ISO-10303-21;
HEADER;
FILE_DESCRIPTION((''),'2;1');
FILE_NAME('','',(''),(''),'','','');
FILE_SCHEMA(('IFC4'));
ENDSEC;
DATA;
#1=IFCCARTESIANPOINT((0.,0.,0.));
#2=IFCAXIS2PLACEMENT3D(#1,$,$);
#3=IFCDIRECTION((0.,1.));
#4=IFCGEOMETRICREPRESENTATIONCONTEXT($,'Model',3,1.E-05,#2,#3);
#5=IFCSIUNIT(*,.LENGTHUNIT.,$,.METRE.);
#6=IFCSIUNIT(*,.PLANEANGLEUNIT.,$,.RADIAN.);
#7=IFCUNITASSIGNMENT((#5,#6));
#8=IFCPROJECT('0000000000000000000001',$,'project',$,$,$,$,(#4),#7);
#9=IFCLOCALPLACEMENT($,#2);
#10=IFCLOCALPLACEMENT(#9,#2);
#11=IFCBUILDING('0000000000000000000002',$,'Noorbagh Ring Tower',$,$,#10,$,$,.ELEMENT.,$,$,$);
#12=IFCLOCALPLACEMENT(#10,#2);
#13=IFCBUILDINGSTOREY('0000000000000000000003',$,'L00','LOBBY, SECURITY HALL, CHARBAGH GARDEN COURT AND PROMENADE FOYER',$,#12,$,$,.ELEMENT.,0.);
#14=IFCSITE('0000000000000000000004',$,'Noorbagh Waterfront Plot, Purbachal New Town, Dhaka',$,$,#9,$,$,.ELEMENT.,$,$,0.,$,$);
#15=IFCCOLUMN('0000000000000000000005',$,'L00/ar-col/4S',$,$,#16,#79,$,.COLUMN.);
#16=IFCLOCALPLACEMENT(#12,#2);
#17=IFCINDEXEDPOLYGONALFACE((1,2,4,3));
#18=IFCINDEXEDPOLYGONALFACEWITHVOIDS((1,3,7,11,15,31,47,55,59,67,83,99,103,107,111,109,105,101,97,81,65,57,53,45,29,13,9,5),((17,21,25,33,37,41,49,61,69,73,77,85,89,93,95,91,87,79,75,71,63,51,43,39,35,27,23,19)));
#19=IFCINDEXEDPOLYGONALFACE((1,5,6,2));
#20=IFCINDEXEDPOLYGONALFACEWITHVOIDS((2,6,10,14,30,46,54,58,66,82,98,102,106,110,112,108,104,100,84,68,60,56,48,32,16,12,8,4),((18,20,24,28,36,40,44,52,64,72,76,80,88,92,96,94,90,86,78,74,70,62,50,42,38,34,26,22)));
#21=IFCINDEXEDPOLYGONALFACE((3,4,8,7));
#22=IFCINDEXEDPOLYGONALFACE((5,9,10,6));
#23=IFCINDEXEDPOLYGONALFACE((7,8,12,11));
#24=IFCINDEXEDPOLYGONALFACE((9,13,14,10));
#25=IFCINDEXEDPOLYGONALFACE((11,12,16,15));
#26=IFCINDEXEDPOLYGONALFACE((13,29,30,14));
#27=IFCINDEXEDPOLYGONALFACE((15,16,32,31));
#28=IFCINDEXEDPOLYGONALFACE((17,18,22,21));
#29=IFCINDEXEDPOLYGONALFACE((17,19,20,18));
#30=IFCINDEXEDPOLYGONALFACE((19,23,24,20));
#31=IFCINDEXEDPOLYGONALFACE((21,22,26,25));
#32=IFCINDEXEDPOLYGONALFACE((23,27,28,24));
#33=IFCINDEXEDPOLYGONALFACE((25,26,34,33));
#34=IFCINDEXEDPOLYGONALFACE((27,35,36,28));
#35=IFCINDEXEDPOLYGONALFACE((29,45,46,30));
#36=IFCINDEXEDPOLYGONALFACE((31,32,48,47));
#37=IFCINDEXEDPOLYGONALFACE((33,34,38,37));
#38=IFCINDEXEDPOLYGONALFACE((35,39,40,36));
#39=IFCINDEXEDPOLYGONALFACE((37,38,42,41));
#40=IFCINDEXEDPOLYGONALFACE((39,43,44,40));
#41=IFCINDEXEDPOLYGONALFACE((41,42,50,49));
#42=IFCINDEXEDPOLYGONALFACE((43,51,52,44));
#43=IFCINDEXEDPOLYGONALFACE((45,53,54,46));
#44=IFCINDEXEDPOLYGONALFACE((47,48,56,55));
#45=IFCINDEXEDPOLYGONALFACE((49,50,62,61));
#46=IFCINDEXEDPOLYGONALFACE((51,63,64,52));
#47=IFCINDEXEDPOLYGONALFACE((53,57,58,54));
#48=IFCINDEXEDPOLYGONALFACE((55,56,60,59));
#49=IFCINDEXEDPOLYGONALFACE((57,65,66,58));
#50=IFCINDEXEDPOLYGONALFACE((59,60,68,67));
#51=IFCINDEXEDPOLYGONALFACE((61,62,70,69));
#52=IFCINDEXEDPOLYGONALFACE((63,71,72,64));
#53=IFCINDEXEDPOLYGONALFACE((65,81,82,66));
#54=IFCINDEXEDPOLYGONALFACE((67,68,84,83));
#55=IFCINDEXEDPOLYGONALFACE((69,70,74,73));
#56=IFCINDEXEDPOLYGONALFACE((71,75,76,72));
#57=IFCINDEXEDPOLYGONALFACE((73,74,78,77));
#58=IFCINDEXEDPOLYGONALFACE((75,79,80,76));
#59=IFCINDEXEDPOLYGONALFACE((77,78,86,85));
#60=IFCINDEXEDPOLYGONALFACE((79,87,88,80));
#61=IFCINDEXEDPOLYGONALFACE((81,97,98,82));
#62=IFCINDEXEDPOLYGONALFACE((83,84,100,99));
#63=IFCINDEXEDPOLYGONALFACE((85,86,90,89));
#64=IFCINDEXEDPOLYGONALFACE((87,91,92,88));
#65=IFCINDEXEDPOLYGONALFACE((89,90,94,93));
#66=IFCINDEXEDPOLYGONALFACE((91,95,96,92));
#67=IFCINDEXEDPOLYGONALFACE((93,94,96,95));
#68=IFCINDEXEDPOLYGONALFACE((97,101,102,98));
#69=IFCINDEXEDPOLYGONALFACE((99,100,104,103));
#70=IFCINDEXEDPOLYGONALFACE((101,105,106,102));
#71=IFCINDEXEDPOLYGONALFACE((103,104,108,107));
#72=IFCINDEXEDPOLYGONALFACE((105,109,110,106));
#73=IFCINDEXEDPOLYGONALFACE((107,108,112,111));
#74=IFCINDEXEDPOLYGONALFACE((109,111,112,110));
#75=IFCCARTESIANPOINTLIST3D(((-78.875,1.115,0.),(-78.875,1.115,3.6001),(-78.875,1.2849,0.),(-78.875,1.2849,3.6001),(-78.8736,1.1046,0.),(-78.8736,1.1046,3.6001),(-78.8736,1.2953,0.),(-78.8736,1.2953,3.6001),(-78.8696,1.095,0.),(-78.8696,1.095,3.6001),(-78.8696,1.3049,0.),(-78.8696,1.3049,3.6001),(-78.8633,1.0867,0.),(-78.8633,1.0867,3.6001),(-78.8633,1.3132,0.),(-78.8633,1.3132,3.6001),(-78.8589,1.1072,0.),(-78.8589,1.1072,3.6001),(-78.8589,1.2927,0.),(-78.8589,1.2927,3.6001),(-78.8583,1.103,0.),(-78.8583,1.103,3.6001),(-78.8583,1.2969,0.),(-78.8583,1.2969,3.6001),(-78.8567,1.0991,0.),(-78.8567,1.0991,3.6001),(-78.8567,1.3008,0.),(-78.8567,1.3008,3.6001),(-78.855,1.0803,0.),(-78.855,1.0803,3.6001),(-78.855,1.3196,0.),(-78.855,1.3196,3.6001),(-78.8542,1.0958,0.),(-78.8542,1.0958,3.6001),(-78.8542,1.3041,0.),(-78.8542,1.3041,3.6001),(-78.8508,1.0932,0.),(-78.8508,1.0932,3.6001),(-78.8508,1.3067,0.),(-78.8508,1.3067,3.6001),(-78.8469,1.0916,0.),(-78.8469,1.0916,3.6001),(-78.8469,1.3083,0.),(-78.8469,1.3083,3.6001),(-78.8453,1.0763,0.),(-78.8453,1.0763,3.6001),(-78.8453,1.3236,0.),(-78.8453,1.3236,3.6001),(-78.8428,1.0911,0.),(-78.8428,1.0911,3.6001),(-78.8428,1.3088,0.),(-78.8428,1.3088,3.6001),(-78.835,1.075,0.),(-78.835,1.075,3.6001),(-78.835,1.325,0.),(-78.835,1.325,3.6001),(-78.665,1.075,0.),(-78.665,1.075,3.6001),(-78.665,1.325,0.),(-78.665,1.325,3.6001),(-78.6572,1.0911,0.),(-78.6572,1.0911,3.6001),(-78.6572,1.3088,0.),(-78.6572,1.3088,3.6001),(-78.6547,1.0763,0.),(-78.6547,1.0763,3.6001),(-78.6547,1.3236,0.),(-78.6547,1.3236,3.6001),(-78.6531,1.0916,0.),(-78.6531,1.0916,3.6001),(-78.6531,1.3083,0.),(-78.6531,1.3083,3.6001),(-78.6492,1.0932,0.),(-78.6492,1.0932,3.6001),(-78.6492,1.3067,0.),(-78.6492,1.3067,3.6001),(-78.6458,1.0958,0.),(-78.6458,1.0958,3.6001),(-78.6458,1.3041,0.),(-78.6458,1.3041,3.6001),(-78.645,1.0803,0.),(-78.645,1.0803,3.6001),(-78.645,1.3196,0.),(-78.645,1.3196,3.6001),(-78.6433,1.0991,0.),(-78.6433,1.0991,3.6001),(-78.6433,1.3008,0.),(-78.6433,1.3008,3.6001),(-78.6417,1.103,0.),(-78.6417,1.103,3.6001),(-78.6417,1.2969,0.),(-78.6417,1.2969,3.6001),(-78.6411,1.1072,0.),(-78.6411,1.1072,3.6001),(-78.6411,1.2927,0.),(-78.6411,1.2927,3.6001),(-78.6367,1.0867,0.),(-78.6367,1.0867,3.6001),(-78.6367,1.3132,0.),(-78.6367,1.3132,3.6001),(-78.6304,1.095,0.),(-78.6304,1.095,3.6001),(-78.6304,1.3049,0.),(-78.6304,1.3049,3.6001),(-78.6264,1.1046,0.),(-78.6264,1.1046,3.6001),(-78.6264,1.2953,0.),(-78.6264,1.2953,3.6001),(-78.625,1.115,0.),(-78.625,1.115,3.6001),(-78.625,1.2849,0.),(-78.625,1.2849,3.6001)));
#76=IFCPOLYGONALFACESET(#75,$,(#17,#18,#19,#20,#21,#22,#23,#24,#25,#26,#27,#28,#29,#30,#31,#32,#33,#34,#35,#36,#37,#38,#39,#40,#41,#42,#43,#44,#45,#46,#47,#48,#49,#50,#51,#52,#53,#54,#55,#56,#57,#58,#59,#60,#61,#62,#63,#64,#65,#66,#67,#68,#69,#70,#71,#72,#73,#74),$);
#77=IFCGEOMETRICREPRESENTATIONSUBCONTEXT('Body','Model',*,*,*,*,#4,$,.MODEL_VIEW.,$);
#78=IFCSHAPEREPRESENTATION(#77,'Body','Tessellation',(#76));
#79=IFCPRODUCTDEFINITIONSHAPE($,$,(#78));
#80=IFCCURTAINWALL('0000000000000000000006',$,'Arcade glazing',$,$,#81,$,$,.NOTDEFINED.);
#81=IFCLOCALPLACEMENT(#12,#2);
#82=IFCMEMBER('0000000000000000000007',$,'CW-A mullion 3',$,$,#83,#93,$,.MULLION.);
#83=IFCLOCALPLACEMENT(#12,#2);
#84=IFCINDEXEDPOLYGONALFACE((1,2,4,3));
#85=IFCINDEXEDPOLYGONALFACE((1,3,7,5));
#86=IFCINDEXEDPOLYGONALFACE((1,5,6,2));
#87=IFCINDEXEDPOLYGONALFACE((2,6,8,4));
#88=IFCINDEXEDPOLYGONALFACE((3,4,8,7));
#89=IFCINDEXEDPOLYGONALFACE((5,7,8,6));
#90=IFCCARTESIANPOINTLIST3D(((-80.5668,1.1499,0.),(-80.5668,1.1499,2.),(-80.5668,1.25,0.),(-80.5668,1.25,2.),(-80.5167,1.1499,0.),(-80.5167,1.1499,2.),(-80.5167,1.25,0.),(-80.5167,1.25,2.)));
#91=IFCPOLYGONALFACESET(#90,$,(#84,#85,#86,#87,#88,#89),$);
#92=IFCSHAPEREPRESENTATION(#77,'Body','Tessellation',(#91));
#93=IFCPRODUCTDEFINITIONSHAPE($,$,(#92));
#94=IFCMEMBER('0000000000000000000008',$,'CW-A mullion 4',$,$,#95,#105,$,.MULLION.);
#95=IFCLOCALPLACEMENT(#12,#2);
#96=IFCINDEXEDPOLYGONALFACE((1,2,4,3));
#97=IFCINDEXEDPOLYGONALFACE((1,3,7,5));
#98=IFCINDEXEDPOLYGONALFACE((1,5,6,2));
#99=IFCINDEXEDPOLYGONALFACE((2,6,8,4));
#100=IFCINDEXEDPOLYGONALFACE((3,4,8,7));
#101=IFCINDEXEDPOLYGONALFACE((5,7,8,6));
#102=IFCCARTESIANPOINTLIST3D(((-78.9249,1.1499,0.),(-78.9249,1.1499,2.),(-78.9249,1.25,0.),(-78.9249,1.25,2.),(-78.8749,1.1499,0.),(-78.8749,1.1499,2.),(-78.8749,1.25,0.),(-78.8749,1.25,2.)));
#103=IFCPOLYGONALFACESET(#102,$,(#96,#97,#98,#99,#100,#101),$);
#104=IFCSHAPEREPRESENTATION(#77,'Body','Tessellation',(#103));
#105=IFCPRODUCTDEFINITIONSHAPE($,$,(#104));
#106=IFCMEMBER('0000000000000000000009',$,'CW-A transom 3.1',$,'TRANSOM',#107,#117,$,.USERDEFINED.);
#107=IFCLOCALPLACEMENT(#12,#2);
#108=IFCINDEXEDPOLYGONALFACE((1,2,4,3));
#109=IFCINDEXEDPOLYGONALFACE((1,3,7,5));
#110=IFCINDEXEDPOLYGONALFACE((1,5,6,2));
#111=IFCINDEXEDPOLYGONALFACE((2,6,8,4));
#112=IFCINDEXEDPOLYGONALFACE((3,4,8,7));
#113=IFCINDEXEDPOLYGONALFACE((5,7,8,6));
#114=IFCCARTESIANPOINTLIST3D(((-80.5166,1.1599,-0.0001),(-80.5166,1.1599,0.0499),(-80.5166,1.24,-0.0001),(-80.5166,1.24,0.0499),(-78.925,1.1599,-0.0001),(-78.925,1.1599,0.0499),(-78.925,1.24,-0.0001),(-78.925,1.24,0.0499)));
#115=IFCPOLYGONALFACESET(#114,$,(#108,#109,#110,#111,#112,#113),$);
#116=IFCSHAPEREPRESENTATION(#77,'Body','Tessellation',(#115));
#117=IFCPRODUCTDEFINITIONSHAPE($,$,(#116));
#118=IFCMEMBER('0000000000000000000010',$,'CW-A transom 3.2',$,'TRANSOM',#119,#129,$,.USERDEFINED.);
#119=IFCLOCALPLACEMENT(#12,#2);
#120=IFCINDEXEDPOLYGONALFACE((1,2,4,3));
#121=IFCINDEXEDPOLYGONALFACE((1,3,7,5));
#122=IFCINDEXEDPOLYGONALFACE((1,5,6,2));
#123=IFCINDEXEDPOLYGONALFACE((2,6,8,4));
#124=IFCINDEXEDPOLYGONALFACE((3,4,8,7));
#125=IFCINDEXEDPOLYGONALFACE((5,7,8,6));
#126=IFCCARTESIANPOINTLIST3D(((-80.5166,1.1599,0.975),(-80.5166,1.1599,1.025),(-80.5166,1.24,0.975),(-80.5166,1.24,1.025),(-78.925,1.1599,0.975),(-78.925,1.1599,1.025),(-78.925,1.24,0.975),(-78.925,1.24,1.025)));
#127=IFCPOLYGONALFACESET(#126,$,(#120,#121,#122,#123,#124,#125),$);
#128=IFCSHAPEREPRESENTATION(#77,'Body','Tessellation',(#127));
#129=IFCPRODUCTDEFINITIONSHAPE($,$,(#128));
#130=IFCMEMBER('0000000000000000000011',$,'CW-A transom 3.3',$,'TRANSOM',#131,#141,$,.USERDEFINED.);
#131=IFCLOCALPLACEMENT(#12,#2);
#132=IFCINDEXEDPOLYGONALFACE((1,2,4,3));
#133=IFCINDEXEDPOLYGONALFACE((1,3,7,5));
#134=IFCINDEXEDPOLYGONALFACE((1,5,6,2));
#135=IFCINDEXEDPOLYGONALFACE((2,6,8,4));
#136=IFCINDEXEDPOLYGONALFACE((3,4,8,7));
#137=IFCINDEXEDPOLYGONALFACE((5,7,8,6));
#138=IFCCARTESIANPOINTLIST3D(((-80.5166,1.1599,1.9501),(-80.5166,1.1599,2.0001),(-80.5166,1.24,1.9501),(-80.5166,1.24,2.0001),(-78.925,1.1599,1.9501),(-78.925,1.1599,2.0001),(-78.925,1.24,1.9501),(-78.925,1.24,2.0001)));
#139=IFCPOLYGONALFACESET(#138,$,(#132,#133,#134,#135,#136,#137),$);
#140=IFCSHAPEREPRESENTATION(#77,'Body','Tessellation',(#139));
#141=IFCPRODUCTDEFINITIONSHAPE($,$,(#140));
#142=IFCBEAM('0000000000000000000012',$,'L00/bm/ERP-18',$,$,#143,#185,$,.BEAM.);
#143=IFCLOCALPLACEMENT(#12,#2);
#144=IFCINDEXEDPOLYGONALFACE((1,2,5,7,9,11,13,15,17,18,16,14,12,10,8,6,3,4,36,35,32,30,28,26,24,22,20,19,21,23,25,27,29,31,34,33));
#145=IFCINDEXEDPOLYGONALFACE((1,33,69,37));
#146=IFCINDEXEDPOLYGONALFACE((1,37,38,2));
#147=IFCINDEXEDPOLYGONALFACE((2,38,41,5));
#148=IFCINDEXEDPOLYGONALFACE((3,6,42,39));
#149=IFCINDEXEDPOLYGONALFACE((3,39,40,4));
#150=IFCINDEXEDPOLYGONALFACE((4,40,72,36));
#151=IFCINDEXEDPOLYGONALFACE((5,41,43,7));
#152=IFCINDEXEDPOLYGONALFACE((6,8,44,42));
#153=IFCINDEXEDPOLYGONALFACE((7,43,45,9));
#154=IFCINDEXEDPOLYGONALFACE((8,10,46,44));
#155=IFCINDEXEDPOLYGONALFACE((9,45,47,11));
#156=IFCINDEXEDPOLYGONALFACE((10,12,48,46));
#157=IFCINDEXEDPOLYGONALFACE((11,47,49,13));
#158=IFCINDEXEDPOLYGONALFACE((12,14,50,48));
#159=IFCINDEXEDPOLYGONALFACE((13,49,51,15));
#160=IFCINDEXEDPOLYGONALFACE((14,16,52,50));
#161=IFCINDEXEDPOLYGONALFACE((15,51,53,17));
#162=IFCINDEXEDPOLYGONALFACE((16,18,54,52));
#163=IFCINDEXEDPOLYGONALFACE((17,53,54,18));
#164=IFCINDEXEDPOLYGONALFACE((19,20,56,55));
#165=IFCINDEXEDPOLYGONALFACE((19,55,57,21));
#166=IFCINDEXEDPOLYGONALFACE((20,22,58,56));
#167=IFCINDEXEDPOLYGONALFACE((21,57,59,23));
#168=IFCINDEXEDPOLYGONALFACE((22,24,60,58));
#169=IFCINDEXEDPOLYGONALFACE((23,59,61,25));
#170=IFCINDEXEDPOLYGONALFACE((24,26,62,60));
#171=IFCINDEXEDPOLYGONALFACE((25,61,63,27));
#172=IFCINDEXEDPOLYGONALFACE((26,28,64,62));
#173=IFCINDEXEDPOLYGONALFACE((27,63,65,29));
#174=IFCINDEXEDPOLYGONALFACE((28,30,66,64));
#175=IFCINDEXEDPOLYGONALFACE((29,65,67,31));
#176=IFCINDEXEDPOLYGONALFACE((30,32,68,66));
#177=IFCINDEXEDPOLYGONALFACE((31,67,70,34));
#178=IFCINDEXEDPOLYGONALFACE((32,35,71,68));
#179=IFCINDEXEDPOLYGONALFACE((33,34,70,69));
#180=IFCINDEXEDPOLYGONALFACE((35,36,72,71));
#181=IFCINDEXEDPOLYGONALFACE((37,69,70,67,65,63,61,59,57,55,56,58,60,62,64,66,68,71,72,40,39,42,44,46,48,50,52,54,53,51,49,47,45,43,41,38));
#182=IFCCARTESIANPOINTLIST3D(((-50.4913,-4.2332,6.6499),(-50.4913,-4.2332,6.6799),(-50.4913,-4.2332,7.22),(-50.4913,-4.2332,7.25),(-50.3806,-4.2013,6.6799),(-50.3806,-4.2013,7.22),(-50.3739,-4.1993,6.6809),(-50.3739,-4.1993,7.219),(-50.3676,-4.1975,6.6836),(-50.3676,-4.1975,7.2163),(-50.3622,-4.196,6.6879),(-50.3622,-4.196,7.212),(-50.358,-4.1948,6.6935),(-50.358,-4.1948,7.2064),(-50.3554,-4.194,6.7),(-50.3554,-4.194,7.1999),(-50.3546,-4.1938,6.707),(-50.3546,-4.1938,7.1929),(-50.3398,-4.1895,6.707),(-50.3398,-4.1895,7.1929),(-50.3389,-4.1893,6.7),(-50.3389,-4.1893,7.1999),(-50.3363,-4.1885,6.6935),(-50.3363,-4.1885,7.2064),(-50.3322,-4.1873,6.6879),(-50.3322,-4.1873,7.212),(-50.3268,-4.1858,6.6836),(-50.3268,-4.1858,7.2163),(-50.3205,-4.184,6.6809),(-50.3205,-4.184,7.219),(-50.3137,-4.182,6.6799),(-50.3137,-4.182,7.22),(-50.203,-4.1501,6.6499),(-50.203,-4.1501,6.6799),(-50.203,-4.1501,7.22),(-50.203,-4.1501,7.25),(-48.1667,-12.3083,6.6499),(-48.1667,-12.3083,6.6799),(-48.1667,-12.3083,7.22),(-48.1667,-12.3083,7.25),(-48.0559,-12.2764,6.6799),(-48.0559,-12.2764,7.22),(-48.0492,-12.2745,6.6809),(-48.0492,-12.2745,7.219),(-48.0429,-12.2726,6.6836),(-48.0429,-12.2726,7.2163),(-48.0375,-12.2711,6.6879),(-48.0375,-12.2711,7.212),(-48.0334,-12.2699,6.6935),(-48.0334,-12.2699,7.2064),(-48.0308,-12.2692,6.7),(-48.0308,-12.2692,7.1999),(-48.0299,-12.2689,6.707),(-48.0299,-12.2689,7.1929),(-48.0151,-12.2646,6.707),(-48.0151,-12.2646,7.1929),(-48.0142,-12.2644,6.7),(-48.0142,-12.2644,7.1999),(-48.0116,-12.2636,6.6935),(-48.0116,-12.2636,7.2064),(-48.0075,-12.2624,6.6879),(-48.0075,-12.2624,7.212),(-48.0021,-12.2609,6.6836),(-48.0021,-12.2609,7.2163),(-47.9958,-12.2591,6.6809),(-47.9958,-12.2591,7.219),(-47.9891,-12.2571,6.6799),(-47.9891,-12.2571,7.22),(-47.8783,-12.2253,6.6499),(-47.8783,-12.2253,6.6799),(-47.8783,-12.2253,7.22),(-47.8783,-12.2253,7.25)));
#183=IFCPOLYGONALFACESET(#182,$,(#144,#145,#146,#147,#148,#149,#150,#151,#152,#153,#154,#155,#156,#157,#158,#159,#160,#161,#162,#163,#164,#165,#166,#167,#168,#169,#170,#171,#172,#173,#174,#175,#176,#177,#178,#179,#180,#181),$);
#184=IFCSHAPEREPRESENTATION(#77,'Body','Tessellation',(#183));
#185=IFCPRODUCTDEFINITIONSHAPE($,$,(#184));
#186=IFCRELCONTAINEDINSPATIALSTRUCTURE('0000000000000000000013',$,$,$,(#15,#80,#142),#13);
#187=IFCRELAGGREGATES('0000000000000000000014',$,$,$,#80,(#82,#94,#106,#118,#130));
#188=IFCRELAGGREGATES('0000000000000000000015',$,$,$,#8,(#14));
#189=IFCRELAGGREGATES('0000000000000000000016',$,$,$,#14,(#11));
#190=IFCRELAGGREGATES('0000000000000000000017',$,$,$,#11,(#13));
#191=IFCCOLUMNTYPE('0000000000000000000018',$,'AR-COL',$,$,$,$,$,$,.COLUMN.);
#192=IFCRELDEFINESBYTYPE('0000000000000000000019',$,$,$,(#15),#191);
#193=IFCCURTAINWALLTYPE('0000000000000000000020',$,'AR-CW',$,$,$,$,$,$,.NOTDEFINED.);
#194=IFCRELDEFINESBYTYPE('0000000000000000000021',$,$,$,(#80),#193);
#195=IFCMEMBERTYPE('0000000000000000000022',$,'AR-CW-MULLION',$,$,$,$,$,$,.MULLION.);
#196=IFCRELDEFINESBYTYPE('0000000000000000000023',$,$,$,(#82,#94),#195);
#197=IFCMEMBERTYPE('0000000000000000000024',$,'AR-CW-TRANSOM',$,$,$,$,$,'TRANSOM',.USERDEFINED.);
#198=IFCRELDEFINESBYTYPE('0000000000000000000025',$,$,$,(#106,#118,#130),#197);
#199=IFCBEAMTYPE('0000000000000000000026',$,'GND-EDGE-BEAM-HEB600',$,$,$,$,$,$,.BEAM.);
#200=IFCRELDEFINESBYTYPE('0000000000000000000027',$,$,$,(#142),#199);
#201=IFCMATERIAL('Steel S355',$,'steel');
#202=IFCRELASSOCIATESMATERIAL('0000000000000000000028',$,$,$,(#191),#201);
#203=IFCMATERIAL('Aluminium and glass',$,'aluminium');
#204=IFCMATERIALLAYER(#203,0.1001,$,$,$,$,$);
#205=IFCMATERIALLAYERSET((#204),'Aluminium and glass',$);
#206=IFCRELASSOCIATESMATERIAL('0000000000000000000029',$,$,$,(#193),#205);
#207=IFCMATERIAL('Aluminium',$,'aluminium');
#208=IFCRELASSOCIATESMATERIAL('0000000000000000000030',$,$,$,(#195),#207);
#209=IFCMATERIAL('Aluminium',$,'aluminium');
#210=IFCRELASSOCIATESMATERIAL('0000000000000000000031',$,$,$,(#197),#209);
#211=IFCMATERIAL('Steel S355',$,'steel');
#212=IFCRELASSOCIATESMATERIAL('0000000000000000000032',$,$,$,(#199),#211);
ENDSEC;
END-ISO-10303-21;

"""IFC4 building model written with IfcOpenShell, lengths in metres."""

from ifc_helpers import new_model, si_unit, direction, frame, origin, origin_2d, place, context, subcontext, project, spatial, rectangle, hollow_rectangle, i_section, extrude, material, layer, layer_set, material_profile, profile_set, type_object, element, aggregate, save


model = new_model("IFC4")

# Units and contexts
model_context = context("Model", 3, precision=1e-05, world=origin(), true_north=direction((0.0, 1.0)))
body_context = subcontext(model_context, "Body", "Model", "MODEL_VIEW")
ifc_project = project(units=[si_unit("LENGTHUNIT", "METRE"), si_unit("PLANEANGLEUNIT", "RADIAN")], contexts=[model_context])

# Site, building, storey
site_placement = place(None, origin())
site = spatial("IfcSite", under=ifc_project, at=site_placement, Name="Noorbagh Waterfront Plot, Purbachal New Town, Dhaka", CompositionType="ELEMENT", RefElevation=0.0)
building_placement = place(site_placement, origin())
building = spatial("IfcBuilding", under=site, at=building_placement, Name="Noorbagh Ring Tower", CompositionType="ELEMENT")
storey_placement = place(building_placement, origin())
storey = spatial("IfcBuildingStorey", under=building, at=storey_placement, Name="L00", Description="LOBBY, SECURITY HALL, CHARBAGH GARDEN COURT AND PROMENADE FOYER", CompositionType="ELEMENT", Elevation=0.0)

# Column
ifc_material_1 = material(Name="Steel S355", Category="steel")
ifc_material_profile_1 = material_profile(ifc_material_1, hollow_rectangle(XDim=0.25, YDim=0.25, WallThickness=0.0161, InnerFilletRadius=0.0161, OuterFilletRadius=0.04, at=origin_2d()), Name="SHS250x250x16")
ifc_profile_set_1 = profile_set([ifc_material_profile_1], Name="Steel S355")
column_type = type_object("IfcColumnType", Name="AR-COL", PredefinedType="COLUMN", material=ifc_profile_set_1)
column_placement = place(storey_placement, frame((-78.75, 1.2, 0.0), z_axis=(0.0, 0.0, 1.0), x_axis=(1.0, 0.0, 0.0)))
element("IfcColumn", 1, at=column_placement, inside=storey, type_object=column_type, Name="L00/ar-col/4S", PredefinedType="COLUMN", context=body_context, shape_type="SweptSolid", body=[
    extrude(hollow_rectangle(XDim=0.25, YDim=0.25, WallThickness=0.0161, InnerFilletRadius=0.0161, OuterFilletRadius=0.04, at=origin_2d()), origin(), (0.0, 0.0, 1.0), 3.6001),
])

# Curtain wall, members
ifc_material_2 = material(Name="Aluminium and glass", Category="aluminium")
ifc_layer_1 = layer(ifc_material_2, 0.1001)
ifc_layer_set_1 = layer_set([ifc_layer_1], Name="Aluminium and glass")
curtain_wall_type = type_object("IfcCurtainWallType", Name="AR-CW", PredefinedType="NOTDEFINED", material=ifc_layer_set_1)
curtain_wall_placement = place(storey_placement, origin())
curtain_wall = element("IfcCurtainWall", 2, at=curtain_wall_placement, inside=storey, type_object=curtain_wall_type, Name="Arcade glazing", PredefinedType="NOTDEFINED")
ifc_material_3 = material(Name="Aluminium", Category="aluminium")
ifc_material_profile_2 = material_profile(ifc_material_3, rectangle(XDim=0.1001, YDim=0.05, at=origin_2d()), Name="AL 100x50")
ifc_profile_set_2 = profile_set([ifc_material_profile_2], Name="Aluminium")
member_type_1 = type_object("IfcMemberType", Name="AR-CW-MULLION", PredefinedType="MULLION", material=ifc_profile_set_2)
member_1_placement = place(storey_placement, frame((-80.5417, 1.2, 0.0), z_axis=(0.0, 0.0, 1.0), x_axis=(0.0, 1.0, 0.0)))
member_1 = element("IfcMember", 3, at=member_1_placement, type_object=member_type_1, Name="CW-A mullion 3", PredefinedType="MULLION", context=body_context, shape_type="SweptSolid", body=[
    extrude(rectangle(XDim=0.1001, YDim=0.05, at=origin_2d()), origin(), (0.0, 0.0, 1.0), 2.0),
])
member_2_placement = place(storey_placement, frame((-78.8999, 1.2, 0.0), z_axis=(0.0, 0.0, 1.0), x_axis=(0.0, 1.0, 0.0)))
member_2 = element("IfcMember", 4, at=member_2_placement, type_object=member_type_1, Name="CW-A mullion 4", PredefinedType="MULLION", context=body_context, shape_type="SweptSolid", body=[
    extrude(rectangle(XDim=0.1001, YDim=0.05, at=origin_2d()), origin(), (0.0, 0.0, 1.0), 2.0),
])
ifc_material_4 = material(Name="Aluminium", Category="aluminium")
ifc_material_profile_3 = material_profile(ifc_material_4, rectangle(XDim=0.0801, YDim=0.05, at=origin_2d()), Name="AL 80x50")
ifc_profile_set_3 = profile_set([ifc_material_profile_3], Name="Aluminium")
member_type_2 = type_object("IfcMemberType", Name="AR-CW-TRANSOM", ElementType="TRANSOM", PredefinedType="USERDEFINED", material=ifc_profile_set_3)
member_3_placement = place(storey_placement, frame((-80.5166, 1.2, 0.0249), z_axis=(1.0, 0.0, 0.0), x_axis=(0.0, 1.0, 0.0)))
member_3 = element("IfcMember", 5, at=member_3_placement, type_object=member_type_2, Name="CW-A transom 3.1", ObjectType="TRANSOM", PredefinedType="USERDEFINED", context=body_context, shape_type="SweptSolid", body=[
    extrude(rectangle(XDim=0.0801, YDim=0.05, at=origin_2d()), origin(), (0.0, 0.0, 1.0), 1.5916),
])
member_4_placement = place(storey_placement, frame((-80.5166, 1.2, 1.0), z_axis=(1.0, 0.0, 0.0), x_axis=(0.0, 1.0, 0.0)))
member_4 = element("IfcMember", 6, at=member_4_placement, type_object=member_type_2, Name="CW-A transom 3.2", ObjectType="TRANSOM", PredefinedType="USERDEFINED", context=body_context, shape_type="SweptSolid", body=[
    extrude(rectangle(XDim=0.0801, YDim=0.05, at=origin_2d()), origin(), (0.0, 0.0, 1.0), 1.5916),
])
member_5_placement = place(storey_placement, frame((-80.5166, 1.2, 1.9751), z_axis=(1.0, 0.0, 0.0), x_axis=(0.0, 1.0, 0.0)))
member_5 = element("IfcMember", 7, at=member_5_placement, type_object=member_type_2, Name="CW-A transom 3.3", ObjectType="TRANSOM", PredefinedType="USERDEFINED", context=body_context, shape_type="SweptSolid", body=[
    extrude(rectangle(XDim=0.0801, YDim=0.05, at=origin_2d()), origin(), (0.0, 0.0, 1.0), 1.5916),
])

# Beam
ifc_material_5 = material(Name="Steel S355", Category="steel")
ifc_material_profile_4 = material_profile(ifc_material_5, i_section(OverallWidth=0.3, OverallDepth=0.6001, WebThickness=0.0154, FlangeThickness=0.03, FilletRadius=0.0271, at=origin_2d()), Name="HEB600")
ifc_profile_set_4 = profile_set([ifc_material_profile_4], Name="Steel S355")
beam_type = type_object("IfcBeamType", Name="GND-EDGE-BEAM-HEB600", PredefinedType="BEAM", material=ifc_profile_set_4)
beam_placement = place(storey_placement, frame((-50.3472, -4.1917, 6.95), z_axis=(0.276647, -0.960972, 0.0), x_axis=(0.960972, 0.276647, 0.0)))
element("IfcBeam", 8, at=beam_placement, inside=storey, type_object=beam_type, Name="L00/bm/ERP-18", PredefinedType="BEAM", context=body_context, shape_type="SweptSolid", body=[
    extrude(i_section(OverallWidth=0.3, OverallDepth=0.6001, WebThickness=0.0154, FlangeThickness=0.03, FilletRadius=0.0271, at=origin_2d()), origin(), (0.0, 0.0, 1.0), 8.4031),
])

aggregate(curtain_wall, [member_1, member_2, member_3, member_4, member_5])

save(model, "model.ifc")
